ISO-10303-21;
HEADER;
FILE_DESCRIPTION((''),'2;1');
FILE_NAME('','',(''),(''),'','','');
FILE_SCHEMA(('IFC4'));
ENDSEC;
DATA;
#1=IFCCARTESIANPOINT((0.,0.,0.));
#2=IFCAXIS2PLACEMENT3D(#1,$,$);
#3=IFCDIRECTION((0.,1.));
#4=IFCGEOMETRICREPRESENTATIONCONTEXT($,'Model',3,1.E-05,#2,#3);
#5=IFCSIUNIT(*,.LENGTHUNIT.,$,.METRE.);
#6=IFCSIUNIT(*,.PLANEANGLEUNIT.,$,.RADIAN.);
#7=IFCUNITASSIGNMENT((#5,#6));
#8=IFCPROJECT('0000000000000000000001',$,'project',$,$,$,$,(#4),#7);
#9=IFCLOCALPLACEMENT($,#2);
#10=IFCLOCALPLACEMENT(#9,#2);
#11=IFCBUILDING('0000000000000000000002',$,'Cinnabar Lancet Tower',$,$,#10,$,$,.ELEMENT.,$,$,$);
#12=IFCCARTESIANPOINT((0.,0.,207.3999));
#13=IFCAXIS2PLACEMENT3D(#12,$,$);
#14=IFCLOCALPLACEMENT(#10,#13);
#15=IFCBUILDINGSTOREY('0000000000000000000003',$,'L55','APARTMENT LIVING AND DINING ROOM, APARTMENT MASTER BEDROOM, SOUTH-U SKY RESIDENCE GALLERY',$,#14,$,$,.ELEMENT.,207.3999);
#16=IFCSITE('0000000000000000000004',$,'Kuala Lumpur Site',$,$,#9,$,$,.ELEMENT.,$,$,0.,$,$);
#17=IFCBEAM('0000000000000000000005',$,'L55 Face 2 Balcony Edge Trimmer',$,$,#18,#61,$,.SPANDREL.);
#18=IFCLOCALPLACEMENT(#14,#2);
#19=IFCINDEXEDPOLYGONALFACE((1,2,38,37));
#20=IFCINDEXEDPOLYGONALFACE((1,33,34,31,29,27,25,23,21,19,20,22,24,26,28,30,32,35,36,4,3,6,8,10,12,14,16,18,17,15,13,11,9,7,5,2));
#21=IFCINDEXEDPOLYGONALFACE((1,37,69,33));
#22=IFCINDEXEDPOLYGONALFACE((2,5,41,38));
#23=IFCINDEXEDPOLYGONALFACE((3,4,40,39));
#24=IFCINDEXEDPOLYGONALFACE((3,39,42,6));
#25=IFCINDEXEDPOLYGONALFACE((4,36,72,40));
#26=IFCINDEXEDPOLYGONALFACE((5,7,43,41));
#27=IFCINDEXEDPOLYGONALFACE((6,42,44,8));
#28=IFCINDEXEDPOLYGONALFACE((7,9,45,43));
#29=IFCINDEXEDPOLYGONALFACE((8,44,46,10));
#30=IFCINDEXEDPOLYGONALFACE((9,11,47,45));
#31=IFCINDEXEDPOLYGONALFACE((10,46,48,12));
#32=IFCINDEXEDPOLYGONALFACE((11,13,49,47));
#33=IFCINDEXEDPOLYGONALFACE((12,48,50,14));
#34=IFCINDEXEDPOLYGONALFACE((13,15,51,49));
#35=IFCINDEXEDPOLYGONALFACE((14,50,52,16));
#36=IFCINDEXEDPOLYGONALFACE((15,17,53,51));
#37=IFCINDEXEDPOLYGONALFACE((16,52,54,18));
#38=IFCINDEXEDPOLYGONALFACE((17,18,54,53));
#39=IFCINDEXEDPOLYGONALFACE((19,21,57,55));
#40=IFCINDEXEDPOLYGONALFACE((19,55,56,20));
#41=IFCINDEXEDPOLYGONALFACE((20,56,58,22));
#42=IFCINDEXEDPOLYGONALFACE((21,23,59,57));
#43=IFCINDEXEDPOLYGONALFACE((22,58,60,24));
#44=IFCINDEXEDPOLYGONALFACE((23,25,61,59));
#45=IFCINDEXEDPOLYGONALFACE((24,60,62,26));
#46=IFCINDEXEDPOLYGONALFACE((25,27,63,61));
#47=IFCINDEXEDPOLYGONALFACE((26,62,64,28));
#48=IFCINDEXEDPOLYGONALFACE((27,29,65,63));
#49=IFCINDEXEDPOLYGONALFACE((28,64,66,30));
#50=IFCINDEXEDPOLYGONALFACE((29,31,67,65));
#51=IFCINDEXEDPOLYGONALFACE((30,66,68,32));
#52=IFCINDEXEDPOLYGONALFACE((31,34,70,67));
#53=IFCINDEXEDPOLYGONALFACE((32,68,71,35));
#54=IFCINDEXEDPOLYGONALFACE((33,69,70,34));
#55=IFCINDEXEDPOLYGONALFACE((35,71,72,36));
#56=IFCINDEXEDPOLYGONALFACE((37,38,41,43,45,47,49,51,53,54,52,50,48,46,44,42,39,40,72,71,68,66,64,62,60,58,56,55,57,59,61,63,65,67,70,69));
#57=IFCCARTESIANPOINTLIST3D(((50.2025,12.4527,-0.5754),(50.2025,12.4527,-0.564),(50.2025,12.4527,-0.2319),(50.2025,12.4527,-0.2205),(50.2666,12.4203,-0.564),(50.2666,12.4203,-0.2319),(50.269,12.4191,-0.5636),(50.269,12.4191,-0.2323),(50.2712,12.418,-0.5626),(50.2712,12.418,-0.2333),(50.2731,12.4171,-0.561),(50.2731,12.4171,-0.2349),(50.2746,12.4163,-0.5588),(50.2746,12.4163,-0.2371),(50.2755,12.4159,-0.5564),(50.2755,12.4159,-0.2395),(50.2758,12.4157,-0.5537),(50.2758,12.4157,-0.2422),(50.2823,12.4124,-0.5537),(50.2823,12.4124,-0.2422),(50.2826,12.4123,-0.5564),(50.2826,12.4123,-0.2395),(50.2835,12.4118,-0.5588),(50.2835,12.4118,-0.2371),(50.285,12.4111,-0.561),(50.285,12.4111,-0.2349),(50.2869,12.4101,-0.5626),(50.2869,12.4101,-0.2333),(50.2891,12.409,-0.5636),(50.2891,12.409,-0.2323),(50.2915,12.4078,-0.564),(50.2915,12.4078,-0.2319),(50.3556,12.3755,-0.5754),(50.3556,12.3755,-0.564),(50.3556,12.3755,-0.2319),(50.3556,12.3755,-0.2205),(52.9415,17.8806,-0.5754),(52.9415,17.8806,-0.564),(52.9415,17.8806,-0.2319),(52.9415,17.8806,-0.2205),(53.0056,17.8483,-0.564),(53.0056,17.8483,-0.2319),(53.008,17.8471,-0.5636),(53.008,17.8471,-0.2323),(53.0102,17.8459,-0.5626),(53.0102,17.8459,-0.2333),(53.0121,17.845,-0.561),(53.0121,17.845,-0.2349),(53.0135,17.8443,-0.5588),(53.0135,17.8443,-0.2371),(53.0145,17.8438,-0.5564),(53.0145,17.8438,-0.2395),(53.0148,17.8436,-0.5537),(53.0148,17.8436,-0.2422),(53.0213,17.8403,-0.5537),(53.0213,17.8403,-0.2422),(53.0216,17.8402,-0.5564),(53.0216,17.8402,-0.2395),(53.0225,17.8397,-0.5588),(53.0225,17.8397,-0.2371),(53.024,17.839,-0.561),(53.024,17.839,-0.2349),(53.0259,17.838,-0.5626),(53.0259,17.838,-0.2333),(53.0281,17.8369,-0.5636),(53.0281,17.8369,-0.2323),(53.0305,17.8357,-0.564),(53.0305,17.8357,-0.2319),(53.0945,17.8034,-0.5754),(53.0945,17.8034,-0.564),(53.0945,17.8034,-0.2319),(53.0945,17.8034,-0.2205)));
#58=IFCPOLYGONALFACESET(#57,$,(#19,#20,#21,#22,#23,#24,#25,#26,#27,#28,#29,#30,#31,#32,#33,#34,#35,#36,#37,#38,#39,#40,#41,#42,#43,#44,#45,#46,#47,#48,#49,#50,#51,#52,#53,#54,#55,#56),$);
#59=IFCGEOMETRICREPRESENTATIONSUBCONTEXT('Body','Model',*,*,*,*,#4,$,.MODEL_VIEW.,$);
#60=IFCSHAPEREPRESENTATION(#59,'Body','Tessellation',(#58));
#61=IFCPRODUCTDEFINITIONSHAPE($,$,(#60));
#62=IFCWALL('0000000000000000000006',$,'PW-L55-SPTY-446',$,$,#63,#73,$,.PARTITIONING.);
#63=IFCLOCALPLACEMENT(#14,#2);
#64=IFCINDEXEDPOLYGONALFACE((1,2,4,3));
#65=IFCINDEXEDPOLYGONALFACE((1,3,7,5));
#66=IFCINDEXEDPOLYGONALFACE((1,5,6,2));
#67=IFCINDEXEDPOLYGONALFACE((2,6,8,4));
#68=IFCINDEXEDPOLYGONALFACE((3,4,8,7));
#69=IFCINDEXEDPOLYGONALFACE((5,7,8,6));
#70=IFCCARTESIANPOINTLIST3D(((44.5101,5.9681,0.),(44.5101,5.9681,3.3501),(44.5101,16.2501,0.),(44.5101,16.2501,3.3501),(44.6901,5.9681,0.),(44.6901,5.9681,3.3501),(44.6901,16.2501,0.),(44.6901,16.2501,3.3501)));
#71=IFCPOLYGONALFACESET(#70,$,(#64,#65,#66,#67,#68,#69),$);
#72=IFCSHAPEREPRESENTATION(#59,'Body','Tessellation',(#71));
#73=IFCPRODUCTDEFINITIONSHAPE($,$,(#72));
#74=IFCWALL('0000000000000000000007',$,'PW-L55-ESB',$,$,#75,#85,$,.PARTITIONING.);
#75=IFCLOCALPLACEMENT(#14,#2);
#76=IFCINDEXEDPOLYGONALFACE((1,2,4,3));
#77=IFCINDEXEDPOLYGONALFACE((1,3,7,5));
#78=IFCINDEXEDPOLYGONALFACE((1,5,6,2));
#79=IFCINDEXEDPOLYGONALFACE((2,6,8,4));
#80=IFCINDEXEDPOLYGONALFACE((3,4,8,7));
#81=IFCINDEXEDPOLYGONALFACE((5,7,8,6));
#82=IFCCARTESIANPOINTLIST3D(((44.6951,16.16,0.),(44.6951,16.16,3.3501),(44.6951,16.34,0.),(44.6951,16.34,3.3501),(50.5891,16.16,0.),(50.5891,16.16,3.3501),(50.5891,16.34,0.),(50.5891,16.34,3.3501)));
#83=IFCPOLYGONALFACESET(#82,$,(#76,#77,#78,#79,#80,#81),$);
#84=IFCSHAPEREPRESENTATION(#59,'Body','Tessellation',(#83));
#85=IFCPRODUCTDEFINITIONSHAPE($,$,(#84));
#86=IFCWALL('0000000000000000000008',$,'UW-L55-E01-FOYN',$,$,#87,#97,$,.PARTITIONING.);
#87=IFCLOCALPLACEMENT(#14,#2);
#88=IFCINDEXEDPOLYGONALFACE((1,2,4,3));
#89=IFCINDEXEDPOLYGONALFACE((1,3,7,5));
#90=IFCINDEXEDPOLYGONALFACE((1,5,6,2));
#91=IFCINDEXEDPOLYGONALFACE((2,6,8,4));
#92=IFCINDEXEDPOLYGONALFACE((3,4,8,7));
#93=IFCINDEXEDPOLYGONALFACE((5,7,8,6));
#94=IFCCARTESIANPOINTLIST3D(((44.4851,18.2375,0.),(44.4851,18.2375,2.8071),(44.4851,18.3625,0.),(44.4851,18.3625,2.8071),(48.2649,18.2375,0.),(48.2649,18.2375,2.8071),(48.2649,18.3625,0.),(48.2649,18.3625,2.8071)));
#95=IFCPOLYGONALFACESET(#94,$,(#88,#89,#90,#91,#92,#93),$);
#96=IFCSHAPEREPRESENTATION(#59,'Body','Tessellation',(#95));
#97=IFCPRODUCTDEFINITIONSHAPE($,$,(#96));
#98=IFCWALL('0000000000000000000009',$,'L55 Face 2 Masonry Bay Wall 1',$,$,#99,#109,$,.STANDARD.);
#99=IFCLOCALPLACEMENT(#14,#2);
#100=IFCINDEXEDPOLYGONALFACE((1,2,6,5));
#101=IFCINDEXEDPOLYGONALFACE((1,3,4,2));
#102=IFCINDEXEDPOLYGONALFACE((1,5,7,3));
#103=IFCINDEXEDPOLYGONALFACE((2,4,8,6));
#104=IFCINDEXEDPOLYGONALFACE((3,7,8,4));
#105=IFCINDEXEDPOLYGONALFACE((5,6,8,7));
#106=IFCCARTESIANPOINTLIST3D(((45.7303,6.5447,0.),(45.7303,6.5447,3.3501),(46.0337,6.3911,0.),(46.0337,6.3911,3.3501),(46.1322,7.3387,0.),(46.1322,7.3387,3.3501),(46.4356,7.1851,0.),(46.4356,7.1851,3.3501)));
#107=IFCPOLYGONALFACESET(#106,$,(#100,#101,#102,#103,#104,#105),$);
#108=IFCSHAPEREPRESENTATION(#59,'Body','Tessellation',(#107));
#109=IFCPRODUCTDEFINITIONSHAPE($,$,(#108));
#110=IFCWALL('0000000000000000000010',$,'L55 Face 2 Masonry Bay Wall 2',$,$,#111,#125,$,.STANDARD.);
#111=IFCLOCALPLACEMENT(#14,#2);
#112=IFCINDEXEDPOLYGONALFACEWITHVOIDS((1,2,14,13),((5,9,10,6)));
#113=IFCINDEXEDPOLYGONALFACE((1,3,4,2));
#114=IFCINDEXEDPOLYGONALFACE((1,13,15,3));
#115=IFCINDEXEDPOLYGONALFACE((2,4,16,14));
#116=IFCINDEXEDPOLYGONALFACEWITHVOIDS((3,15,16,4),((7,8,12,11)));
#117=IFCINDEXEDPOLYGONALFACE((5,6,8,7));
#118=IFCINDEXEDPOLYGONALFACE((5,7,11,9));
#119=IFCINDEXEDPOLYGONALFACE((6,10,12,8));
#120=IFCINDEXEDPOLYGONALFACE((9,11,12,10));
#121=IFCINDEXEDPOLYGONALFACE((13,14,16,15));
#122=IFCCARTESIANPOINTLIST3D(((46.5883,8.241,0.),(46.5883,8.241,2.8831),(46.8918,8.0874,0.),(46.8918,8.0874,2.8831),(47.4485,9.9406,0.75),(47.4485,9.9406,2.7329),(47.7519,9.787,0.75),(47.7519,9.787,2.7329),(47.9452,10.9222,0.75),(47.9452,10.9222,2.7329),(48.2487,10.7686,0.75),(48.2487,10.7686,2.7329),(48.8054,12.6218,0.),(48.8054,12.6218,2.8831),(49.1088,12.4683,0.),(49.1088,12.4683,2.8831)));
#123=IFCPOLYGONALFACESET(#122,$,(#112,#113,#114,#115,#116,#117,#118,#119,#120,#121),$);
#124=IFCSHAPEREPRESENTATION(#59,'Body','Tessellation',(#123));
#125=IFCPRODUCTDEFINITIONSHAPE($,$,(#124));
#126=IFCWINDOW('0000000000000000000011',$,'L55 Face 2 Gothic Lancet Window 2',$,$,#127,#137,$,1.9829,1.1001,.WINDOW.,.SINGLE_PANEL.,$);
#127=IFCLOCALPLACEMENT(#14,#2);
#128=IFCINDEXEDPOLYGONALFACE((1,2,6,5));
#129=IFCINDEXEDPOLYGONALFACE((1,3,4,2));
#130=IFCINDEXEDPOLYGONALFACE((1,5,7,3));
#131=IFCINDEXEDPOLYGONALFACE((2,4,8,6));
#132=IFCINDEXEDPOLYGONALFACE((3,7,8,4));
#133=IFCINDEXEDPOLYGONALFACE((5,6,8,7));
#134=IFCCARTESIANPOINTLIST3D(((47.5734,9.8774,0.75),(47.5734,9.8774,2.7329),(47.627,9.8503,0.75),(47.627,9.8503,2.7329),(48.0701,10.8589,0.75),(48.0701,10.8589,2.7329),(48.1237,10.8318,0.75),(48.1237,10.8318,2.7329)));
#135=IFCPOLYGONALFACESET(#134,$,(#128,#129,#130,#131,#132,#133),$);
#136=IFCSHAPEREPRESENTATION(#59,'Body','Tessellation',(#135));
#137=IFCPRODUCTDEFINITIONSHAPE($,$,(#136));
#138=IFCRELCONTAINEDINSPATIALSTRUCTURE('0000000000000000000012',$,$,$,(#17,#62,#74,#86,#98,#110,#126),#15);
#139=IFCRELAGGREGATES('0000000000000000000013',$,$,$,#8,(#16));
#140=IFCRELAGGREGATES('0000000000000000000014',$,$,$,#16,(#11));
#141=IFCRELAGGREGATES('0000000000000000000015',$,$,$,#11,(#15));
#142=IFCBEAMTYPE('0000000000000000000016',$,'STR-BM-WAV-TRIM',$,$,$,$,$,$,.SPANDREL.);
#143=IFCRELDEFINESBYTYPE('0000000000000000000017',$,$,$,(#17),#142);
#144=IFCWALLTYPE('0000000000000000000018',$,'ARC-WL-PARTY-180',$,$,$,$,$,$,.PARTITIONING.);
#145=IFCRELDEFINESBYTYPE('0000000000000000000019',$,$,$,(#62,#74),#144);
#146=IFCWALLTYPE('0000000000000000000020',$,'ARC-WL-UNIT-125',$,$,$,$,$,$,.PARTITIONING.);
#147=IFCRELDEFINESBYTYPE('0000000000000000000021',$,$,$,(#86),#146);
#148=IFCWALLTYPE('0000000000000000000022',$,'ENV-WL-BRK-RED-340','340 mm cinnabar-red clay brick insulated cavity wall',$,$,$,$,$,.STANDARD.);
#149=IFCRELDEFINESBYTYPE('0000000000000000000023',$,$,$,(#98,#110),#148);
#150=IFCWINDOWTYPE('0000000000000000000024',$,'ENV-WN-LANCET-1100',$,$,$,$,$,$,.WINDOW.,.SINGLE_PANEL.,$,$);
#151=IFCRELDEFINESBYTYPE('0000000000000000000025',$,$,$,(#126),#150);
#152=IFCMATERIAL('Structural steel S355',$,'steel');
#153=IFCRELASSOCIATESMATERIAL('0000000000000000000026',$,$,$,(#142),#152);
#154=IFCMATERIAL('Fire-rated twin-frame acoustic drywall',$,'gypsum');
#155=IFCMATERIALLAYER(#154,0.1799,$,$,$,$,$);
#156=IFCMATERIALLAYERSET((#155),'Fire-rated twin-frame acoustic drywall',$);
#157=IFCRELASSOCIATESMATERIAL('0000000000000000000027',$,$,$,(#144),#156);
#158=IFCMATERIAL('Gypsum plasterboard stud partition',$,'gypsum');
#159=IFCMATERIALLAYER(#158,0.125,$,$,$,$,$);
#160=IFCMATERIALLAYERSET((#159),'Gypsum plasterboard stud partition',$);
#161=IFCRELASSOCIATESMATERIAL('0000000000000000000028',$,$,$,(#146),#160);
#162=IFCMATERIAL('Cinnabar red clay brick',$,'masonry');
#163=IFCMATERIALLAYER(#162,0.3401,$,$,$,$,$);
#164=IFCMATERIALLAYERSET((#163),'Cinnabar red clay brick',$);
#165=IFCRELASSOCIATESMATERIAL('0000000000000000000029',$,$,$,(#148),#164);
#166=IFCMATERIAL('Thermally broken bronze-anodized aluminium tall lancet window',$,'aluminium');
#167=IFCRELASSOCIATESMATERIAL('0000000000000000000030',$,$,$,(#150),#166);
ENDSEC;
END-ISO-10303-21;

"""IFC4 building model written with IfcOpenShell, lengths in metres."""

from ifc_helpers import new_model, si_unit, direction, frame, frame_2d, origin, origin_2d, place, context, subcontext, project, spatial, rectangle, i_section, extrude, material, layer, layer_set, material_profile, profile_set, type_object, element, fill, save


model = new_model("IFC4")

# Units and contexts
model_context = context("Model", 3, precision=1e-05, world=origin(), true_north=direction((0.0, 1.0)))
body_context = subcontext(model_context, "Body", "Model", "MODEL_VIEW")
ifc_project = project(units=[si_unit("LENGTHUNIT", "METRE"), si_unit("PLANEANGLEUNIT", "RADIAN")], contexts=[model_context])

# Site, building, storey
site_placement = place(None, origin())
site = spatial("IfcSite", under=ifc_project, at=site_placement, Name="Kuala Lumpur Site", CompositionType="ELEMENT", RefElevation=0.0)
building_placement = place(site_placement, origin())
building = spatial("IfcBuilding", under=site, at=building_placement, Name="Cinnabar Lancet Tower", CompositionType="ELEMENT")
storey_placement = place(building_placement, frame((0.0, 0.0, 207.3999)))
storey = spatial("IfcBuildingStorey", under=building, at=storey_placement, Name="L55", Description="APARTMENT LIVING AND DINING ROOM, APARTMENT MASTER BEDROOM, SOUTH-U SKY RESIDENCE GALLERY", CompositionType="ELEMENT", Elevation=207.3999)

# Beam
ifc_material_1 = material(Name="Structural steel S355", Category="steel")
ifc_material_profile_1 = material_profile(ifc_material_1, i_section(OverallWidth=0.1714, OverallDepth=0.355, WebThickness=0.0073, FlangeThickness=0.0115, FilletRadius=0.0103, at=origin_2d()), Name="UKB 356x171x51")
ifc_profile_set_1 = profile_set([ifc_material_profile_1], Name="Structural steel S355")
beam_type_1 = type_object("IfcBeamType", Name="STR-BM-WAV-TRIM", PredefinedType="SPANDREL", material=ifc_profile_set_1)
beam_1_placement = place(storey_placement, frame((50.2791, 12.4141, -0.3979), z_axis=(0.450503, 0.892775, 0.0), x_axis=(-0.892775, 0.450503, 0.0)))
element("IfcBeam", 1, at=beam_1_placement, inside=storey, type_object=beam_type_1, Name="L55 Face 2 Balcony Edge Trimmer", PredefinedType="SPANDREL", context=body_context, shape_type="SweptSolid", body=[
    extrude(i_section(OverallWidth=0.1714, OverallDepth=0.355, WebThickness=0.0073, FlangeThickness=0.0115, FilletRadius=0.0103, at=origin_2d()), origin(), (0.0, 0.0, 1.0), 6.0798),
])

# Walls
ifc_material_2 = material(Name="Fire-rated twin-frame acoustic drywall", Category="gypsum")
ifc_layer_1 = layer(ifc_material_2, 0.1799)
ifc_layer_set_1 = layer_set([ifc_layer_1], Name="Fire-rated twin-frame acoustic drywall")
wall_type_1 = type_object("IfcWallType", Name="ARC-WL-PARTY-180", PredefinedType="PARTITIONING", material=ifc_layer_set_1)
wall_1_placement = place(storey_placement, frame((44.6001, 5.968, 0.0), z_axis=(0.0, 0.0, 1.0), x_axis=(0.0, 1.0, 0.0)))
element("IfcWall", 2, at=wall_1_placement, inside=storey, type_object=wall_type_1, Name="PW-L55-SPTY-446", PredefinedType="PARTITIONING", context=body_context, shape_type="SweptSolid", body=[
    extrude(rectangle(XDim=10.282, YDim=0.1799, at=frame_2d((5.1411, 0.0))), origin(), (0.0, 0.0, 1.0), 3.3501),
])
wall_2_placement = place(storey_placement, frame((44.6951, 16.25, 0.0), z_axis=(0.0, 0.0, 1.0), x_axis=(1.0, 0.0, 0.0)))
element("IfcWall", 3, at=wall_2_placement, inside=storey, type_object=wall_type_1, Name="PW-L55-ESB", PredefinedType="PARTITIONING", context=body_context, shape_type="SweptSolid", body=[
    extrude(rectangle(XDim=5.894, YDim=0.1799, at=frame_2d((2.947, 0.0))), origin(), (0.0, 0.0, 1.0), 3.3501),
])
ifc_material_3 = material(Name="Gypsum plasterboard stud partition", Category="gypsum")
ifc_layer_2 = layer(ifc_material_3, 0.125)
ifc_layer_set_2 = layer_set([ifc_layer_2], Name="Gypsum plasterboard stud partition")
wall_type_2 = type_object("IfcWallType", Name="ARC-WL-UNIT-125", PredefinedType="PARTITIONING", material=ifc_layer_set_2)
wall_3_placement = place(storey_placement, frame((44.4851, 18.3, 0.0), z_axis=(0.0, 0.0, 1.0), x_axis=(1.0, 0.0, 0.0)))
element("IfcWall", 4, at=wall_3_placement, inside=storey, type_object=wall_type_2, Name="UW-L55-E01-FOYN", PredefinedType="PARTITIONING", context=body_context, shape_type="SweptSolid", body=[
    extrude(rectangle(XDim=3.7798, YDim=0.125, at=frame_2d((1.8899, 0.0))), origin(), (0.0, 0.0, 1.0), 2.8071),
])
ifc_material_4 = material(Name="Cinnabar red clay brick", Category="masonry")
ifc_layer_3 = layer(ifc_material_4, 0.3401)
ifc_layer_set_3 = layer_set([ifc_layer_3], Name="Cinnabar red clay brick")
wall_type_3 = type_object("IfcWallType", Name="ENV-WL-BRK-RED-340", Description="340 mm cinnabar-red clay brick insulated cavity wall", PredefinedType="STANDARD", material=ifc_layer_set_3)
wall_4_placement = place(storey_placement, frame((45.8821, 6.468, 0.0), z_axis=(0.0, 0.0, 1.0), x_axis=(0.451598, 0.892222, 0.0)))
element("IfcWall", 5, at=wall_4_placement, inside=storey, type_object=wall_type_3, Name="L55 Face 2 Masonry Bay Wall 1", PredefinedType="STANDARD", context=body_context, shape_type="SweptSolid", body=[
    extrude(rectangle(XDim=0.8899, YDim=0.3401, at=frame_2d((0.4448, 0.0))), origin(), (0.0, 0.0, 1.0), 3.3501),
])

# Wall, opening, window
wall_5_placement = place(storey_placement, frame((46.74, 8.1641, 0.0), z_axis=(0.0, 0.0, 1.0), x_axis=(0.451544, 0.892249, 0.0)))
wall_5 = element("IfcWall", 6, at=wall_5_placement, inside=storey, type_object=wall_type_3, Name="L55 Face 2 Masonry Bay Wall 2", PredefinedType="STANDARD", context=body_context, shape_type="SweptSolid", body=[
    extrude(rectangle(XDim=4.9099, YDim=0.3401, at=frame_2d((2.4551, 0.0))), origin(), (0.0, 0.0, 1.0), 2.8831),
])
opening_1_placement = place(wall_5_placement, frame((1.905, 0.0, 0.75)))
opening_1 = element("IfcOpeningElement", 7, at=opening_1_placement, cuts=wall_5, PredefinedType="OPENING", context=body_context, shape_type="SweptSolid", body=[
    extrude(rectangle(XDim=1.1001, YDim=1.9829, at=frame_2d((0.55, 0.9915))), frame((0.0, 0.1799, 0.0), z_axis=(0.0, -1.0, 0.0), x_axis=(1.0, 0.0, 0.0)), (0.0, 0.0, 1.0), 0.3601),
])
ifc_material_5 = material(Name="Thermally broken bronze-anodized aluminium tall lancet window", Category="aluminium")
window_type = type_object("IfcWindowType", Name="ENV-WN-LANCET-1100", PartitioningType="SINGLE_PANEL", PredefinedType="WINDOW", material=ifc_material_5)
window_1_placement = place(opening_1_placement, origin())
window_1 = element("IfcWindow", 8, at=window_1_placement, inside=storey, type_object=window_type, Name="L55 Face 2 Gothic Lancet Window 2", OverallHeight=1.9829, OverallWidth=1.1001, PartitioningType="SINGLE_PANEL", PredefinedType="WINDOW", context=body_context, shape_type="SweptSolid", body=[
    extrude(rectangle(XDim=1.1001, YDim=1.9829, at=frame_2d((0.55, 0.9915))), frame((0.0, 0.03, 0.0), z_axis=(0.0, -1.0, 0.0), x_axis=(1.0, 0.0, 0.0)), (0.0, 0.0, 1.0), 0.0601),
])
fill(opening_1, window_1)

save(model, "model.ifc")
